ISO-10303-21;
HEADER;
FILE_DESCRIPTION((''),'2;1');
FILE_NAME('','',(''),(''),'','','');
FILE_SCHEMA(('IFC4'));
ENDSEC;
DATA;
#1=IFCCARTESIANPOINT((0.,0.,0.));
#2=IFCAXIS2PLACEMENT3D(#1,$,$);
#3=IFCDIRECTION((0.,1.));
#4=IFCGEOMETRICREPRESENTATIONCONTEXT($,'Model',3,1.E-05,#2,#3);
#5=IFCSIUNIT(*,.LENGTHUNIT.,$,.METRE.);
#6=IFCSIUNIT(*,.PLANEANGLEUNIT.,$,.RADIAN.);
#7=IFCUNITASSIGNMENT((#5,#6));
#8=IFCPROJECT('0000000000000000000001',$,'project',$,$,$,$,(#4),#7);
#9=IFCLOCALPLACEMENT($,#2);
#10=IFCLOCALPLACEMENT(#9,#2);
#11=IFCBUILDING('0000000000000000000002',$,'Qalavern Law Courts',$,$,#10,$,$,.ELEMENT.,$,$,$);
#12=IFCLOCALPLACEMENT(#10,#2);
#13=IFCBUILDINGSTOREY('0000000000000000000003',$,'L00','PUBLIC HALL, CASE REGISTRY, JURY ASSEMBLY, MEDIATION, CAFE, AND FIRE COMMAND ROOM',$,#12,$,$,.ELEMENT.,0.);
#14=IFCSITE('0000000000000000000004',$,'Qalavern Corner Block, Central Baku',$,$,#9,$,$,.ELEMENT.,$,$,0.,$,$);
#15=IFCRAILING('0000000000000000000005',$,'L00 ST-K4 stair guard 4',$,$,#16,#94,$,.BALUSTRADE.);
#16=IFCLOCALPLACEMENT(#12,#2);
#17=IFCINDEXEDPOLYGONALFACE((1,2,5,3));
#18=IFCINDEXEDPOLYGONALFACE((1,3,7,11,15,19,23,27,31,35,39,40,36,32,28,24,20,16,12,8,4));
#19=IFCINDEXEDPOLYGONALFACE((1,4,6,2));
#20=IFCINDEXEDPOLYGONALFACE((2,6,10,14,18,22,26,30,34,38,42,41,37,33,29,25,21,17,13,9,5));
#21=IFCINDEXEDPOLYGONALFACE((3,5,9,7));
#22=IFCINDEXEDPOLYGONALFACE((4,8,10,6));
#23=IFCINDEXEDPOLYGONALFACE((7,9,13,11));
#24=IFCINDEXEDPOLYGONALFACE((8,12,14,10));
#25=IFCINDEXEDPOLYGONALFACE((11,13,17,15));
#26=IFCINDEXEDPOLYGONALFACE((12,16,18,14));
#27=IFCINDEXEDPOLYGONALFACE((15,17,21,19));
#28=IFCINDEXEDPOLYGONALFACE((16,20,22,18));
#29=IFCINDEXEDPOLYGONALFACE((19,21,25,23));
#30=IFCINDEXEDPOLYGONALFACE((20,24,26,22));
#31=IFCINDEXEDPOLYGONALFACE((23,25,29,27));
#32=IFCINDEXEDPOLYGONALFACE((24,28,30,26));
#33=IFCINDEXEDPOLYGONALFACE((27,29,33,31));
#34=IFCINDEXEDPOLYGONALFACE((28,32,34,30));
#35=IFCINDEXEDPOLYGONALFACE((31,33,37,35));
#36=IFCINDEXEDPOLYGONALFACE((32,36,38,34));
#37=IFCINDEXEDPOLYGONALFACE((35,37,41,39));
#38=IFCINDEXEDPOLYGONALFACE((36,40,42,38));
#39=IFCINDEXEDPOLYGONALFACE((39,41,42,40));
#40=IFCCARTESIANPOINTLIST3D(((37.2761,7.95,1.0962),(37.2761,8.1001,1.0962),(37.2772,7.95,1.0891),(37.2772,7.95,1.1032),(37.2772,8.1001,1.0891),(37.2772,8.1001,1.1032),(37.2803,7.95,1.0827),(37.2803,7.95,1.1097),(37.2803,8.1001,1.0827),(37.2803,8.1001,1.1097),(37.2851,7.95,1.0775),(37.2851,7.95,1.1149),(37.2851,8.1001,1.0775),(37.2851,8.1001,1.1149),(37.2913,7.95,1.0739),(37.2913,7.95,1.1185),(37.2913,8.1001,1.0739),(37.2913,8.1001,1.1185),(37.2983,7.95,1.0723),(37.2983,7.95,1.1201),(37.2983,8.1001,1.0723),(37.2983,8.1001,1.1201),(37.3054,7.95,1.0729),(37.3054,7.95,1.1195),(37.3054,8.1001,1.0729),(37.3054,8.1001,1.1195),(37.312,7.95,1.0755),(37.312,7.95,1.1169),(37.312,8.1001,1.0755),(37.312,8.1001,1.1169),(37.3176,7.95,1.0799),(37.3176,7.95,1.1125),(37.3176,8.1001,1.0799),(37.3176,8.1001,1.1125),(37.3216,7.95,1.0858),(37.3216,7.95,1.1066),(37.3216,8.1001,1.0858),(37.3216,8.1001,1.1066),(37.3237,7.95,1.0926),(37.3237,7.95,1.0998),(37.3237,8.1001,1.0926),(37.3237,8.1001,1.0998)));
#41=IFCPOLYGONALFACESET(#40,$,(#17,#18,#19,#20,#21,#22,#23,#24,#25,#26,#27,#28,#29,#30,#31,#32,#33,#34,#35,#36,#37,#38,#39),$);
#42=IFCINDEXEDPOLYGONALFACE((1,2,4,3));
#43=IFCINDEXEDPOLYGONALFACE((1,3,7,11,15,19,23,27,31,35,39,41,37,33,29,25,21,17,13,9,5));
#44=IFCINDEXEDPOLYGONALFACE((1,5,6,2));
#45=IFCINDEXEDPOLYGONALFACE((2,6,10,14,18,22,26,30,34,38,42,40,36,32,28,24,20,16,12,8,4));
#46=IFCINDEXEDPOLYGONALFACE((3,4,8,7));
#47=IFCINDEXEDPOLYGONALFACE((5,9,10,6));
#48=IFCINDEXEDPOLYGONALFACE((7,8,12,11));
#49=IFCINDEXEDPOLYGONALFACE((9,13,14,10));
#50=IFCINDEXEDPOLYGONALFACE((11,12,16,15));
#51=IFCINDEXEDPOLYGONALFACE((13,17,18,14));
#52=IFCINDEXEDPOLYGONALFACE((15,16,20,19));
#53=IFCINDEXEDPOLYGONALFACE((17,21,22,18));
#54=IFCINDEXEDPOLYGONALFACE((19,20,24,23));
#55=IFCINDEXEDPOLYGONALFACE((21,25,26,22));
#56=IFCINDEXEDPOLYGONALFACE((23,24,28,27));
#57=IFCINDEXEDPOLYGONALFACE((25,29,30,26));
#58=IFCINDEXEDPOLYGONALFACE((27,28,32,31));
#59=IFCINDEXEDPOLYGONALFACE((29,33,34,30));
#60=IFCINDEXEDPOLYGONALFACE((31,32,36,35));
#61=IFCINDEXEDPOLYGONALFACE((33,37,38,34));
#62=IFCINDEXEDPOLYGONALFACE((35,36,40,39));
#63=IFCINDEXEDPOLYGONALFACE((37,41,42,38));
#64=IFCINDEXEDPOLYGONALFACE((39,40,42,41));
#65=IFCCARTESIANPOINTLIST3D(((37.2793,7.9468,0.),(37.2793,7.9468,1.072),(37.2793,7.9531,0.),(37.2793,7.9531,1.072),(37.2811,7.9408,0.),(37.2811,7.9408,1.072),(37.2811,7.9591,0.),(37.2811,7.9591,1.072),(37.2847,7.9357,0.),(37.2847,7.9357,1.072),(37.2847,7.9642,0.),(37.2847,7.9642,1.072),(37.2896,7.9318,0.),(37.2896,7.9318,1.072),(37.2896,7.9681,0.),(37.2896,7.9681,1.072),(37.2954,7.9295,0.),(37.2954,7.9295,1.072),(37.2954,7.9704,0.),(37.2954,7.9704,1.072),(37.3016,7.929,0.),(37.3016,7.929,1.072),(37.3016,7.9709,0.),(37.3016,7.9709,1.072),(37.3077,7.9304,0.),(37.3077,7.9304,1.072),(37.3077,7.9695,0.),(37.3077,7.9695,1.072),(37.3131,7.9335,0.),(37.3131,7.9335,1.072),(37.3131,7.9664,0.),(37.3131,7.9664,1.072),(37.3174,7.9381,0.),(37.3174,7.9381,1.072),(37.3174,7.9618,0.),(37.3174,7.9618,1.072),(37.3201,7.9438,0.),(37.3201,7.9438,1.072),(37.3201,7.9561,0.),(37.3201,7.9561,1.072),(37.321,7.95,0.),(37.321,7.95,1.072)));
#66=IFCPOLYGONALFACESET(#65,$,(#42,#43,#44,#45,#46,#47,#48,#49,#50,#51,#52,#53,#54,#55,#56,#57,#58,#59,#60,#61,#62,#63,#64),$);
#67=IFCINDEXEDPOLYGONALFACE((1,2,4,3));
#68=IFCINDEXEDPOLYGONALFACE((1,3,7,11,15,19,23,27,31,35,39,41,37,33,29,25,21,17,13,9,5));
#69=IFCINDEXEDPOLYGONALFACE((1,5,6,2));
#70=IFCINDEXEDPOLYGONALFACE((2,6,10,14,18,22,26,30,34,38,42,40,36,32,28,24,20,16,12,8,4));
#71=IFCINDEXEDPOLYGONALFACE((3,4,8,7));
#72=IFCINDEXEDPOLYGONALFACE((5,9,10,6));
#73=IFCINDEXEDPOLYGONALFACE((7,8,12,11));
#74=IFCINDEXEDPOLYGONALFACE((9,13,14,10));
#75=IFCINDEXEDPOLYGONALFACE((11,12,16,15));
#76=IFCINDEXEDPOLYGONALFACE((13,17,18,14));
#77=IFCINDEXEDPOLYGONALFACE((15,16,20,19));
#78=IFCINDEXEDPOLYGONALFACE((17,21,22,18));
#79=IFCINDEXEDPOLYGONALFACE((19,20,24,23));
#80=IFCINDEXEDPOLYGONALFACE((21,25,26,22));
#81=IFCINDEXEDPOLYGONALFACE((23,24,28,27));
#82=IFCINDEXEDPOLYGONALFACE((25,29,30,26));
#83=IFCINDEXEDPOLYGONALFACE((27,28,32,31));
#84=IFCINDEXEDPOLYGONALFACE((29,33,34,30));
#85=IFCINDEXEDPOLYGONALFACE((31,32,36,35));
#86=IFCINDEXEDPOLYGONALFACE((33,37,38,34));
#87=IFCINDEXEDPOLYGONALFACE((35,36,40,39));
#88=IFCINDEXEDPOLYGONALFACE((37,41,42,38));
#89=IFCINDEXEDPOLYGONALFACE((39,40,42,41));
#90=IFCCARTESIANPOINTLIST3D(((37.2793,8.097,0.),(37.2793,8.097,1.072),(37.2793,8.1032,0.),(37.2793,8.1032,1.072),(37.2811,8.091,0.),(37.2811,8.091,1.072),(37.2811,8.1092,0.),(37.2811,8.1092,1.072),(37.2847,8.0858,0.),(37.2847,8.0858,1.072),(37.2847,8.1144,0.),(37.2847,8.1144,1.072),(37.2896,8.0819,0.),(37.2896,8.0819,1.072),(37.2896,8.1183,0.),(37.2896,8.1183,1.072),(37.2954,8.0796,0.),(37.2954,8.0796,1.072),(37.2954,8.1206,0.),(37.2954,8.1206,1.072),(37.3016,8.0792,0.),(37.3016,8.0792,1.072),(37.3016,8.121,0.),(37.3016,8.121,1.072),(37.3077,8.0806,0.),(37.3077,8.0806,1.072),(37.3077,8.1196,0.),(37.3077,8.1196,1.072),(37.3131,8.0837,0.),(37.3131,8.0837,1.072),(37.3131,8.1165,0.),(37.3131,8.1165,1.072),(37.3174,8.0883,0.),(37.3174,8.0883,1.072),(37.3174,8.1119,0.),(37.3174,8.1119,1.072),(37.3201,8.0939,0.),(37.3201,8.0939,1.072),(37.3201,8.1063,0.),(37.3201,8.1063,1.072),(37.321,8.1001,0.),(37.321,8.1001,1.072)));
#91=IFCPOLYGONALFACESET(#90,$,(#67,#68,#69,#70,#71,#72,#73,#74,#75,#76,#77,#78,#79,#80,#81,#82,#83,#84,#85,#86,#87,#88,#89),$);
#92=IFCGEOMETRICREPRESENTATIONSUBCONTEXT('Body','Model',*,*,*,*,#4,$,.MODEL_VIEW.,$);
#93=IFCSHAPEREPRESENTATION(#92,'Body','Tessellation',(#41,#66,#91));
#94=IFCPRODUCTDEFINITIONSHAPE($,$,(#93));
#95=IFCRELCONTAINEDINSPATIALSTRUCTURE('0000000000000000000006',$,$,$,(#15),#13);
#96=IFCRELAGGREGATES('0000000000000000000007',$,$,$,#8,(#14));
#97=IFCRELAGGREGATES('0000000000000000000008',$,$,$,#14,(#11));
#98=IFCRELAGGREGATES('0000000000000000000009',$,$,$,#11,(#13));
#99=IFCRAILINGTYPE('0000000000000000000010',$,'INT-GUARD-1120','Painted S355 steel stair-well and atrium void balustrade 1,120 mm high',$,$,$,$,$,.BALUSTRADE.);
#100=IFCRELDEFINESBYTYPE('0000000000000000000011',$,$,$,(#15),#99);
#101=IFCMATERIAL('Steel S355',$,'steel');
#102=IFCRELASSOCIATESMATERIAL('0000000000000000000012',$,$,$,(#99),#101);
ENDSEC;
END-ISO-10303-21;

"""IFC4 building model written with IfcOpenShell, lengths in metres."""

from ifc_helpers import new_model, si_unit, direction, frame, origin, origin_2d, place, context, subcontext, project, spatial, circle, extrude, material, type_object, element, save


model = new_model("IFC4")

# Units and contexts
model_context = context("Model", 3, precision=1e-05, world=origin(), true_north=direction((0.0, 1.0)))
body_context = subcontext(model_context, "Body", "Model", "MODEL_VIEW")
ifc_project = project(units=[si_unit("LENGTHUNIT", "METRE"), si_unit("PLANEANGLEUNIT", "RADIAN")], contexts=[model_context])

# Site, building, storey
site_placement = place(None, origin())
site = spatial("IfcSite", under=ifc_project, at=site_placement, Name="Qalavern Corner Block, Central Baku", CompositionType="ELEMENT", RefElevation=0.0)
building_placement = place(site_placement, origin())
building = spatial("IfcBuilding", under=site, at=building_placement, Name="Qalavern Law Courts", CompositionType="ELEMENT")
storey_placement = place(building_placement, origin())
storey = spatial("IfcBuildingStorey", under=building, at=storey_placement, Name="L00", Description="PUBLIC HALL, CASE REGISTRY, JURY ASSEMBLY, MEDIATION, CAFE, AND FIRE COMMAND ROOM", CompositionType="ELEMENT", Elevation=0.0)

# Railing
ifc_material_1 = material(Name="Steel S355", Category="steel")
railing_type = type_object("IfcRailingType", Name="INT-GUARD-1120", Description="Painted S355 steel stair-well and atrium void balustrade 1,120 mm high", PredefinedType="BALUSTRADE", material=ifc_material_1)
railing_1_placement = place(storey_placement, frame((37.3, 7.95, 0.0)))
element("IfcRailing", 1, at=railing_1_placement, inside=storey, type_object=railing_type, Name="L00 ST-K4 stair guard 4", PredefinedType="BALUSTRADE", context=body_context, shape_type="SweptSolid", body=[
    extrude(circle(Radius=0.0239, at=origin_2d()), frame((0.0, 0.0, 1.0962), z_axis=(0.0, 1.0, 0.0), x_axis=(-1.0, 0.0, 0.0)), (0.0, 0.0, 1.0), 0.1501),
    extrude(circle(Radius=0.021, at=origin_2d()), origin(), (0.0, 0.0, 1.0), 1.072),
    extrude(circle(Radius=0.021, at=origin_2d()), frame((0.0, 0.1501, 0.0)), (0.0, 0.0, 1.0), 1.072),
])

save(model, "model.ifc")
